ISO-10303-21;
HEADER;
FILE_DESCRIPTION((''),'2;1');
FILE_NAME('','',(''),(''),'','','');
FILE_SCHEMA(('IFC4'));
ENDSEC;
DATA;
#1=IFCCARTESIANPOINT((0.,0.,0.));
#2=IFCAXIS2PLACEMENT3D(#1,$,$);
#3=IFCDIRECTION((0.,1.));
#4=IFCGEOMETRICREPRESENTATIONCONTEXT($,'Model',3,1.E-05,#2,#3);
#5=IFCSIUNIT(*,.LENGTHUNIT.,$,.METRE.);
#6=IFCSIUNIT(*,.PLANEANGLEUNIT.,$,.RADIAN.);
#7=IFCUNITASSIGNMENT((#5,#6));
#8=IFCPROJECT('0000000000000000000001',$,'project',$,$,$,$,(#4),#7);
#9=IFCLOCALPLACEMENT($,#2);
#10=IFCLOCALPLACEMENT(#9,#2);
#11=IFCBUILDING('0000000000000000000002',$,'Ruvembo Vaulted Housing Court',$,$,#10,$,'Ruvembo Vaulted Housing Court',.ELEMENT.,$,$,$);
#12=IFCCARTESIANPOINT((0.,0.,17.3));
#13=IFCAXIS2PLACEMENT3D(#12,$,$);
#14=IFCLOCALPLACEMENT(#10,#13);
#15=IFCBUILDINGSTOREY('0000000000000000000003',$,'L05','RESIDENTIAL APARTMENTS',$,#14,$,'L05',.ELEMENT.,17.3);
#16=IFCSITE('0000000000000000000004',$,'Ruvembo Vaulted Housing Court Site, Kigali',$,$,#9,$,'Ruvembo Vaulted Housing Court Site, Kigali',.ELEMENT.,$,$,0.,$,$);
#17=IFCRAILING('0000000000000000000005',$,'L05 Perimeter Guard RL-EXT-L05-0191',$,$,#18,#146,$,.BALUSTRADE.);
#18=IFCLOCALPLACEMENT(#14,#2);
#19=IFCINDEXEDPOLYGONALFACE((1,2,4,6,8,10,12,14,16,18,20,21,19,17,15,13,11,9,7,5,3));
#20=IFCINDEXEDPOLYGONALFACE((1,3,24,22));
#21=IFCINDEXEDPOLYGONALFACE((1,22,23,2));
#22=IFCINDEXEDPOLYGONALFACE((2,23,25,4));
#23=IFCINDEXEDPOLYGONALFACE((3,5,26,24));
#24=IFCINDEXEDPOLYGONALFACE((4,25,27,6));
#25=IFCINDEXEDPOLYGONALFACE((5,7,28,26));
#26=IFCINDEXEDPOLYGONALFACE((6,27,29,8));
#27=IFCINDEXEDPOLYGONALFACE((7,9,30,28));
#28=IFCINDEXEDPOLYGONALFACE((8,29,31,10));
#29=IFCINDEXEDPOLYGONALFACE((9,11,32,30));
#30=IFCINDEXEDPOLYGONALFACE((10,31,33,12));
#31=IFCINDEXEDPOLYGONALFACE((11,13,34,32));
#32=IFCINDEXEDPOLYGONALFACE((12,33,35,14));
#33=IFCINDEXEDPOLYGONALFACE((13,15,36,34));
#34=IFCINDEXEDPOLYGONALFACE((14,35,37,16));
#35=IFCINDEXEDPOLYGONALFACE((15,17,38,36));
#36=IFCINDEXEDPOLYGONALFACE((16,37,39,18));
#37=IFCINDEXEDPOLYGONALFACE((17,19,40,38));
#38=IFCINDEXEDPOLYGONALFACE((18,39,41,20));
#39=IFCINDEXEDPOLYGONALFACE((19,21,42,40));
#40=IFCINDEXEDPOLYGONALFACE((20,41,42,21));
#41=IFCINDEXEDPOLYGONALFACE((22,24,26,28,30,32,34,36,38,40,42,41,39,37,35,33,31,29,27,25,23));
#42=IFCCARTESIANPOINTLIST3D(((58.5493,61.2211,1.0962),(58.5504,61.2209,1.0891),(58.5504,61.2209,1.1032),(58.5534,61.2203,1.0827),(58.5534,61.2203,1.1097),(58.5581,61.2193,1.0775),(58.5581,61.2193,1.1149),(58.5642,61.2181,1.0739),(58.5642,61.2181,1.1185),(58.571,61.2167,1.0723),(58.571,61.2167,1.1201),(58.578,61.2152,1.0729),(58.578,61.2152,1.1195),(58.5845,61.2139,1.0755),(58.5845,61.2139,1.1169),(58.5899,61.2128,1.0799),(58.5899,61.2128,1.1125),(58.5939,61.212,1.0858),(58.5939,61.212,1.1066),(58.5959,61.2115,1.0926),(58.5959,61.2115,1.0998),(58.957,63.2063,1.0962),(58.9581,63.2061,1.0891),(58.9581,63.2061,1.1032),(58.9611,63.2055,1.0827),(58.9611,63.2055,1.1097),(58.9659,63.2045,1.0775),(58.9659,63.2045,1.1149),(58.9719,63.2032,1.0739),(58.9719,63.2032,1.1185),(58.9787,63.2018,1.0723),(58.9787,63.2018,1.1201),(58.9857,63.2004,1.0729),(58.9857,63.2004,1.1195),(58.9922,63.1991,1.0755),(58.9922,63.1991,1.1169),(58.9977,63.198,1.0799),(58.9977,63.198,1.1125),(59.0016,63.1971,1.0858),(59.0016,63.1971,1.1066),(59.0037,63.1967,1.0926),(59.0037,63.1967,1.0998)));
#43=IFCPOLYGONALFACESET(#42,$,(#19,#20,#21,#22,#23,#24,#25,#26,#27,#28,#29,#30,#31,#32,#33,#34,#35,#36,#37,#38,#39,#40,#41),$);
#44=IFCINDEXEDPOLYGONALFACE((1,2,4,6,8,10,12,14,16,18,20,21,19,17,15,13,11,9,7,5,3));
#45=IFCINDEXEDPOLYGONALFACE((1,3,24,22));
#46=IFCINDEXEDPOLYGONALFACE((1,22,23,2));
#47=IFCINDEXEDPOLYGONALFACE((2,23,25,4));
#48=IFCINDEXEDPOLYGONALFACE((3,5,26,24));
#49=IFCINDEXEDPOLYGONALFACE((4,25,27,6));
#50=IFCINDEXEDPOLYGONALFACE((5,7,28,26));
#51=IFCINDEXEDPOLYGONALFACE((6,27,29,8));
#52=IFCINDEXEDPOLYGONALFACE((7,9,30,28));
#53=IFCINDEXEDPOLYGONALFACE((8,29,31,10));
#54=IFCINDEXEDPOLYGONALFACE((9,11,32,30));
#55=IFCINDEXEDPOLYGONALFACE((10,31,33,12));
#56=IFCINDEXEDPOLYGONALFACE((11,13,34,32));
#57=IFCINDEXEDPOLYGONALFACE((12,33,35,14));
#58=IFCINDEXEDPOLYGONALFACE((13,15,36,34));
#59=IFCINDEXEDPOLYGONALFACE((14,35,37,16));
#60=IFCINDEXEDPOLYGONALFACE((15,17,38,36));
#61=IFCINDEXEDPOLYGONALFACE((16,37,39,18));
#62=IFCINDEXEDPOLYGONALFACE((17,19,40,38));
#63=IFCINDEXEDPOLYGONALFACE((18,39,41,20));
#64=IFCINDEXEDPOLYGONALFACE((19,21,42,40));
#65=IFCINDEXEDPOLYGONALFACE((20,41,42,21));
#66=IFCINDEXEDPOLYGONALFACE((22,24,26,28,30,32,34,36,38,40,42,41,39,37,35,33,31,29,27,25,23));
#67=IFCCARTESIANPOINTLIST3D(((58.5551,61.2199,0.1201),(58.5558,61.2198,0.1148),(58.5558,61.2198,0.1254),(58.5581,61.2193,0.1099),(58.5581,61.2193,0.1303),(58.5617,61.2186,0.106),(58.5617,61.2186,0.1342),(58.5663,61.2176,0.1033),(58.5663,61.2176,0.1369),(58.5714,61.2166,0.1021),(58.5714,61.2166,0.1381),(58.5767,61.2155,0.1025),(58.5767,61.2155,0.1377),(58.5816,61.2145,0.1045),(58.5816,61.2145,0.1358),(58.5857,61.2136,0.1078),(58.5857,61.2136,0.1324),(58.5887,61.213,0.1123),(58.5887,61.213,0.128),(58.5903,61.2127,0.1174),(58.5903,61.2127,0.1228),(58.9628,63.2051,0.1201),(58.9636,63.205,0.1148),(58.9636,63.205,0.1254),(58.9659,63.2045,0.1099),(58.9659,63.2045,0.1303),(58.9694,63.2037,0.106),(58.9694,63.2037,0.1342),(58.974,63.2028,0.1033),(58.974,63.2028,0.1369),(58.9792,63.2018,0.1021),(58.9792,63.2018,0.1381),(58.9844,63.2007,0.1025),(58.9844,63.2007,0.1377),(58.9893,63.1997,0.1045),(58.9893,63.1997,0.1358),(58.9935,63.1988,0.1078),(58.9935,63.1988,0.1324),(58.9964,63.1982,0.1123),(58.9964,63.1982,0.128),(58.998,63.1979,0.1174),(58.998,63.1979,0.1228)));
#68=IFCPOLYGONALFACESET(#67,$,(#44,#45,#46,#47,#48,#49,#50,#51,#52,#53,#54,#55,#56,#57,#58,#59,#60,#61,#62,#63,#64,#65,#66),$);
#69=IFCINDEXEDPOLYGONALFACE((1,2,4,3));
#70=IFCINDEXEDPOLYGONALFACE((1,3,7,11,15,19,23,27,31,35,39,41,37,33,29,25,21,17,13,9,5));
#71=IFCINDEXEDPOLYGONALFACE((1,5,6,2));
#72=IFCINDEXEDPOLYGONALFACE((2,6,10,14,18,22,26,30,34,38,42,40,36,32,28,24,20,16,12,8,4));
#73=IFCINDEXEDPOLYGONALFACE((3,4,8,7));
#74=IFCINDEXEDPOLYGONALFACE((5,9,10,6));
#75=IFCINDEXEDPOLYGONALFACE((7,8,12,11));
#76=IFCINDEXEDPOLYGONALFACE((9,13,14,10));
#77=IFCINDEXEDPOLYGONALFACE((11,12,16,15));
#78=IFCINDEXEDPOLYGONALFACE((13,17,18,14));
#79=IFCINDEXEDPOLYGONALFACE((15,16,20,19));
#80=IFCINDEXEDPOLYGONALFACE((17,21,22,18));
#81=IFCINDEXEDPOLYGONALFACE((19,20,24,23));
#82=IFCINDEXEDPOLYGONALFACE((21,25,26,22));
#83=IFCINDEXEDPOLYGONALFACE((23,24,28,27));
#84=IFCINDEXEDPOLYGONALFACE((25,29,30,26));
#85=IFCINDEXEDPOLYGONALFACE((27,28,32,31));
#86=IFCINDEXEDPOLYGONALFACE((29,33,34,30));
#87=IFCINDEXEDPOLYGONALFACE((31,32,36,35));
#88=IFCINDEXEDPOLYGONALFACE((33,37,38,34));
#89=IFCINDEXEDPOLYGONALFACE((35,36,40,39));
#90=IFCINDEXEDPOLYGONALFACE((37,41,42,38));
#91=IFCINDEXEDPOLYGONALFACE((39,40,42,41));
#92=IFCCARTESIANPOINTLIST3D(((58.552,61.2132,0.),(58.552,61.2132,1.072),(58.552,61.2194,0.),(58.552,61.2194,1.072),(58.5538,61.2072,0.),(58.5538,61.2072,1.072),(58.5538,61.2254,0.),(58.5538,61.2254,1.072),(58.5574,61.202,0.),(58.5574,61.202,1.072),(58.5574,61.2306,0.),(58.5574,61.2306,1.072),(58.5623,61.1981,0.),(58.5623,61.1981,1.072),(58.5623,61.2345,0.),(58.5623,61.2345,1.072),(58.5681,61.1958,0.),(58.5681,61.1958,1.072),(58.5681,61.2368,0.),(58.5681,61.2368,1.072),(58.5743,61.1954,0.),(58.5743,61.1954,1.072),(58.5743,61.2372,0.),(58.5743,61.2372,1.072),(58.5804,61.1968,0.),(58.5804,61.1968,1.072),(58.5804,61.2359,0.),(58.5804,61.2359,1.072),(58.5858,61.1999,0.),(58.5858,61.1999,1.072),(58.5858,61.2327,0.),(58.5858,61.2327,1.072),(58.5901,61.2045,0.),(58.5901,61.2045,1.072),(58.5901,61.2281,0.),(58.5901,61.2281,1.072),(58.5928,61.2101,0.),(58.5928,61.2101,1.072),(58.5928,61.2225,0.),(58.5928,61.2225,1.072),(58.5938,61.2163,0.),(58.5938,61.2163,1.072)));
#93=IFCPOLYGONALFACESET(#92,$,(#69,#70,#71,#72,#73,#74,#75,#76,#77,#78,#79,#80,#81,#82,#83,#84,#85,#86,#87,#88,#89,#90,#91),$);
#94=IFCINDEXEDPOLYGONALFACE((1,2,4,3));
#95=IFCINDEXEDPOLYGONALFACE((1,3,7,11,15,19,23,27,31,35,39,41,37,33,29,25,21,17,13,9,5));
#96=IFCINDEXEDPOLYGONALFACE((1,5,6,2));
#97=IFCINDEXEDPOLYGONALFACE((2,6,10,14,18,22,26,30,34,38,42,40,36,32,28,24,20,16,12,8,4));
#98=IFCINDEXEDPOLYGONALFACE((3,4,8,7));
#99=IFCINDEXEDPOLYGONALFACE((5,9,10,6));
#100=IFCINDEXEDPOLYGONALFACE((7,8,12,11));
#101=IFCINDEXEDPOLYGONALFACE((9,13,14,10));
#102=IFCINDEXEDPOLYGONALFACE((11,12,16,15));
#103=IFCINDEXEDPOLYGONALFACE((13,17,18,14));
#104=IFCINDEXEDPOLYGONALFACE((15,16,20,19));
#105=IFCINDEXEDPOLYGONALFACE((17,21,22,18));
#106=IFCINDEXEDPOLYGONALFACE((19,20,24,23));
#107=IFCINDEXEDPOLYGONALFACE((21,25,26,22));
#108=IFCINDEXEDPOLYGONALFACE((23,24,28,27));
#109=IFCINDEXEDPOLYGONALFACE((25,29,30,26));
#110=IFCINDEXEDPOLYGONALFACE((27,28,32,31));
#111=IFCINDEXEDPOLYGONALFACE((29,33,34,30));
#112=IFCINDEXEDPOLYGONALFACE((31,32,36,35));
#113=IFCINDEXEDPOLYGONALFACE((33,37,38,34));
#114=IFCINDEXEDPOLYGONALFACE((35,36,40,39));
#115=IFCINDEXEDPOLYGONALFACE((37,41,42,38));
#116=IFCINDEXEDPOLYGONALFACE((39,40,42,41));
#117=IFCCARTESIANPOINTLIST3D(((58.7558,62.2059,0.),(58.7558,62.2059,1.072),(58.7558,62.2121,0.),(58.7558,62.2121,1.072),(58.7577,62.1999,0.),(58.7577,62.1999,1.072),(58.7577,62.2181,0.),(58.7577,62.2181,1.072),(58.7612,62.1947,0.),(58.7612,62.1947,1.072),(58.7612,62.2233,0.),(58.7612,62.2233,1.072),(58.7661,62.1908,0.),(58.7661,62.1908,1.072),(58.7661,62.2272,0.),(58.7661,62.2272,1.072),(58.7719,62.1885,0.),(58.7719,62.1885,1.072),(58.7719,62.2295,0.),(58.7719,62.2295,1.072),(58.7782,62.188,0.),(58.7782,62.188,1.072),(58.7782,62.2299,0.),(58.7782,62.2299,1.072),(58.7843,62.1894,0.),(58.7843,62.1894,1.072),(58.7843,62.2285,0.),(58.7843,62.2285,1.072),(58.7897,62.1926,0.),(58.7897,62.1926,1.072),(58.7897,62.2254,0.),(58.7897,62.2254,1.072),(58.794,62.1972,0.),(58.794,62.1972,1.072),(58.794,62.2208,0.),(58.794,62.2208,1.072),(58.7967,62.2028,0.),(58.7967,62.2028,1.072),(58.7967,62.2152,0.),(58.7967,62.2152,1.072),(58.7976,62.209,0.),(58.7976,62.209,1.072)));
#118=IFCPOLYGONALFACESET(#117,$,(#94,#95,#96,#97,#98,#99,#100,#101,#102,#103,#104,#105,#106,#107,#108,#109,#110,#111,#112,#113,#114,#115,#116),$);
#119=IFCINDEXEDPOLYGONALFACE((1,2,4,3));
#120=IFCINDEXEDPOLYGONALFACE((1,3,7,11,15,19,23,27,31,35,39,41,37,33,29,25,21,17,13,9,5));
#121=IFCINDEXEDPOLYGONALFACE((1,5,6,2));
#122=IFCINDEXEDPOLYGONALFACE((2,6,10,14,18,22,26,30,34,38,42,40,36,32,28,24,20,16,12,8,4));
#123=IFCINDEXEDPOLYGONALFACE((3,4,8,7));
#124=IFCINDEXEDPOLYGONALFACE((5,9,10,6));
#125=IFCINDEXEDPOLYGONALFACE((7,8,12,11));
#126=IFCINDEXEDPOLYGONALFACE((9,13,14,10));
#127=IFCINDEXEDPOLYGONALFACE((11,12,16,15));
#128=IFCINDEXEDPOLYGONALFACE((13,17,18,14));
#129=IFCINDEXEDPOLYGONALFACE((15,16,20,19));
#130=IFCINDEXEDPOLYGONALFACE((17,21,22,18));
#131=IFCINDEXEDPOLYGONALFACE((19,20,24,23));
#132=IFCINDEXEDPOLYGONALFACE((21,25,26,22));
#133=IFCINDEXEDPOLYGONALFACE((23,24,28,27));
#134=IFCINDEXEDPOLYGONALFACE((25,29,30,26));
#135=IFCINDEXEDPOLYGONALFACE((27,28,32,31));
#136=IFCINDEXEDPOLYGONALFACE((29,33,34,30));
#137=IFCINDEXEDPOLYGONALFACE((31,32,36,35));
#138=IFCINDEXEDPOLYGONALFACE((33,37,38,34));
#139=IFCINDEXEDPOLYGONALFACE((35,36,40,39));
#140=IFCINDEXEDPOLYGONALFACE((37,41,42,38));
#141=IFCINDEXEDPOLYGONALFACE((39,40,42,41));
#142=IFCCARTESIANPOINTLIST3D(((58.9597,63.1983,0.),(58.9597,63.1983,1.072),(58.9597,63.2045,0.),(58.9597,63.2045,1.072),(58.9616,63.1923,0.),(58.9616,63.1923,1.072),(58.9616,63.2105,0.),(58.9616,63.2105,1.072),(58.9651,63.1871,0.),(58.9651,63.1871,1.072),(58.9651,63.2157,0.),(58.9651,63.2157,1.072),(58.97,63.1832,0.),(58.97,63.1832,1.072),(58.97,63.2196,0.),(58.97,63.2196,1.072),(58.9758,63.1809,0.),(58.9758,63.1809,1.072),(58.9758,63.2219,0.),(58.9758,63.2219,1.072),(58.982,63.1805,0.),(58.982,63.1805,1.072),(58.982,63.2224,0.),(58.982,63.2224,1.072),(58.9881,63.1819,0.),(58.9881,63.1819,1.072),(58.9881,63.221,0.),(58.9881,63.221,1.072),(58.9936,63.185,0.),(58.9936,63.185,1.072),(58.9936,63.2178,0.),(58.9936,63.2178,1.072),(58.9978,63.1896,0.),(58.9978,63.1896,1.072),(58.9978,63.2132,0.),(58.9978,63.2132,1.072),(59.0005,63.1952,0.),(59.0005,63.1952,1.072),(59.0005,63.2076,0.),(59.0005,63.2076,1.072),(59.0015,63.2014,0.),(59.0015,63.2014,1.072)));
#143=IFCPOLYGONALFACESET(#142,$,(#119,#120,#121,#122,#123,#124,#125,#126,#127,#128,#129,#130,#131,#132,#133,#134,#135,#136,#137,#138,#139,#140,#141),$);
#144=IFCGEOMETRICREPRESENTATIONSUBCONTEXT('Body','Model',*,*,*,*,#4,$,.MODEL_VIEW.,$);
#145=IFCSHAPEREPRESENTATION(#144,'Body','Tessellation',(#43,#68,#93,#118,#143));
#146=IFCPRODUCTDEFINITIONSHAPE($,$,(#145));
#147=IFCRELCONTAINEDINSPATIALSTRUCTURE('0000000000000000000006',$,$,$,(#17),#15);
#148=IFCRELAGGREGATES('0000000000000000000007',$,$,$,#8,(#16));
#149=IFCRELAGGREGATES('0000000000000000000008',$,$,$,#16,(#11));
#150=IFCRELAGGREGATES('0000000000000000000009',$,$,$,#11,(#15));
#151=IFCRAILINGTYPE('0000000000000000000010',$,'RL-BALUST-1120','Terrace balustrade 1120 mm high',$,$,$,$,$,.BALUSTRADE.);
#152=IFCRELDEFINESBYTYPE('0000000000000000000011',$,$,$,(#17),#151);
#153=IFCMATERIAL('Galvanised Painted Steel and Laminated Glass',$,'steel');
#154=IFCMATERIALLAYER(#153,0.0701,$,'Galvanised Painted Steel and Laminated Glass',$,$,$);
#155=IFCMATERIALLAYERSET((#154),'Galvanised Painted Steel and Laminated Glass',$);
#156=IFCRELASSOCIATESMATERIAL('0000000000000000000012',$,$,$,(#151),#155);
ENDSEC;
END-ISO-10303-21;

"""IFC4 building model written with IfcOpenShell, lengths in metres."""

from ifc_helpers import new_model, si_unit, direction, frame, origin, origin_2d, place, context, subcontext, project, spatial, circle, extrude, material, layer, layer_set, type_object, element, save


model = new_model("IFC4")

# Units and contexts
model_context = context("Model", 3, precision=1e-05, world=origin(), true_north=direction((0.0, 1.0)))
body_context = subcontext(model_context, "Body", "Model", "MODEL_VIEW")
ifc_project = project(units=[si_unit("LENGTHUNIT", "METRE"), si_unit("PLANEANGLEUNIT", "RADIAN")], contexts=[model_context])

# Site, building, storey
site_placement = place(None, origin())
site = spatial("IfcSite", under=ifc_project, at=site_placement, Name="Ruvembo Vaulted Housing Court Site, Kigali", LongName="Ruvembo Vaulted Housing Court Site, Kigali", CompositionType="ELEMENT", RefElevation=0.0)
building_placement = place(site_placement, origin())
building = spatial("IfcBuilding", under=site, at=building_placement, Name="Ruvembo Vaulted Housing Court", LongName="Ruvembo Vaulted Housing Court", CompositionType="ELEMENT")
storey_placement = place(building_placement, frame((0.0, 0.0, 17.3)))
storey = spatial("IfcBuildingStorey", under=building, at=storey_placement, Name="L05", Description="RESIDENTIAL APARTMENTS", LongName="L05", CompositionType="ELEMENT", Elevation=17.3)

# Railing
ifc_material_1 = material(Name="Galvanised Painted Steel and Laminated Glass", Category="steel")
ifc_layer_1 = layer(ifc_material_1, 0.0701, Name="Galvanised Painted Steel and Laminated Glass")
ifc_layer_set_1 = layer_set([ifc_layer_1], Name="Galvanised Painted Steel and Laminated Glass")
railing_type = type_object("IfcRailingType", Name="RL-BALUST-1120", Description="Terrace balustrade 1120 mm high", PredefinedType="BALUSTRADE", material=ifc_layer_set_1)
railing_1_placement = place(storey_placement, frame((58.5728, 61.2163, 0.0)))
element("IfcRailing", 1, at=railing_1_placement, inside=storey, type_object=railing_type, Name="L05 Perimeter Guard RL-EXT-L05-0191", PredefinedType="BALUSTRADE", context=body_context, shape_type="SweptSolid", body=[
    extrude(circle(Radius=0.0239, at=origin_2d()), frame((0.0, 0.0, 1.0962), z_axis=(0.201187, 0.979553, 0.0), x_axis=(-0.979553, 0.201187, 0.0)), (0.0, 0.0, 1.0), 2.0266),
    extrude(circle(Radius=0.0181, at=origin_2d()), frame((0.0, 0.0, 0.1201), z_axis=(0.201187, 0.979553, 0.0), x_axis=(-0.979553, 0.201187, 0.0)), (0.0, 0.0, 1.0), 2.0266),
    extrude(circle(Radius=0.021, at=origin_2d()), origin(), (0.0, 0.0, 1.0), 1.072),
    extrude(circle(Radius=0.021, at=origin_2d()), frame((0.2039, 0.9927, 0.0)), (0.0, 0.0, 1.0), 1.072),
    extrude(circle(Radius=0.021, at=origin_2d()), frame((0.4077, 1.9851, 0.0)), (0.0, 0.0, 1.0), 1.072),
])

save(model, "model.ifc")
